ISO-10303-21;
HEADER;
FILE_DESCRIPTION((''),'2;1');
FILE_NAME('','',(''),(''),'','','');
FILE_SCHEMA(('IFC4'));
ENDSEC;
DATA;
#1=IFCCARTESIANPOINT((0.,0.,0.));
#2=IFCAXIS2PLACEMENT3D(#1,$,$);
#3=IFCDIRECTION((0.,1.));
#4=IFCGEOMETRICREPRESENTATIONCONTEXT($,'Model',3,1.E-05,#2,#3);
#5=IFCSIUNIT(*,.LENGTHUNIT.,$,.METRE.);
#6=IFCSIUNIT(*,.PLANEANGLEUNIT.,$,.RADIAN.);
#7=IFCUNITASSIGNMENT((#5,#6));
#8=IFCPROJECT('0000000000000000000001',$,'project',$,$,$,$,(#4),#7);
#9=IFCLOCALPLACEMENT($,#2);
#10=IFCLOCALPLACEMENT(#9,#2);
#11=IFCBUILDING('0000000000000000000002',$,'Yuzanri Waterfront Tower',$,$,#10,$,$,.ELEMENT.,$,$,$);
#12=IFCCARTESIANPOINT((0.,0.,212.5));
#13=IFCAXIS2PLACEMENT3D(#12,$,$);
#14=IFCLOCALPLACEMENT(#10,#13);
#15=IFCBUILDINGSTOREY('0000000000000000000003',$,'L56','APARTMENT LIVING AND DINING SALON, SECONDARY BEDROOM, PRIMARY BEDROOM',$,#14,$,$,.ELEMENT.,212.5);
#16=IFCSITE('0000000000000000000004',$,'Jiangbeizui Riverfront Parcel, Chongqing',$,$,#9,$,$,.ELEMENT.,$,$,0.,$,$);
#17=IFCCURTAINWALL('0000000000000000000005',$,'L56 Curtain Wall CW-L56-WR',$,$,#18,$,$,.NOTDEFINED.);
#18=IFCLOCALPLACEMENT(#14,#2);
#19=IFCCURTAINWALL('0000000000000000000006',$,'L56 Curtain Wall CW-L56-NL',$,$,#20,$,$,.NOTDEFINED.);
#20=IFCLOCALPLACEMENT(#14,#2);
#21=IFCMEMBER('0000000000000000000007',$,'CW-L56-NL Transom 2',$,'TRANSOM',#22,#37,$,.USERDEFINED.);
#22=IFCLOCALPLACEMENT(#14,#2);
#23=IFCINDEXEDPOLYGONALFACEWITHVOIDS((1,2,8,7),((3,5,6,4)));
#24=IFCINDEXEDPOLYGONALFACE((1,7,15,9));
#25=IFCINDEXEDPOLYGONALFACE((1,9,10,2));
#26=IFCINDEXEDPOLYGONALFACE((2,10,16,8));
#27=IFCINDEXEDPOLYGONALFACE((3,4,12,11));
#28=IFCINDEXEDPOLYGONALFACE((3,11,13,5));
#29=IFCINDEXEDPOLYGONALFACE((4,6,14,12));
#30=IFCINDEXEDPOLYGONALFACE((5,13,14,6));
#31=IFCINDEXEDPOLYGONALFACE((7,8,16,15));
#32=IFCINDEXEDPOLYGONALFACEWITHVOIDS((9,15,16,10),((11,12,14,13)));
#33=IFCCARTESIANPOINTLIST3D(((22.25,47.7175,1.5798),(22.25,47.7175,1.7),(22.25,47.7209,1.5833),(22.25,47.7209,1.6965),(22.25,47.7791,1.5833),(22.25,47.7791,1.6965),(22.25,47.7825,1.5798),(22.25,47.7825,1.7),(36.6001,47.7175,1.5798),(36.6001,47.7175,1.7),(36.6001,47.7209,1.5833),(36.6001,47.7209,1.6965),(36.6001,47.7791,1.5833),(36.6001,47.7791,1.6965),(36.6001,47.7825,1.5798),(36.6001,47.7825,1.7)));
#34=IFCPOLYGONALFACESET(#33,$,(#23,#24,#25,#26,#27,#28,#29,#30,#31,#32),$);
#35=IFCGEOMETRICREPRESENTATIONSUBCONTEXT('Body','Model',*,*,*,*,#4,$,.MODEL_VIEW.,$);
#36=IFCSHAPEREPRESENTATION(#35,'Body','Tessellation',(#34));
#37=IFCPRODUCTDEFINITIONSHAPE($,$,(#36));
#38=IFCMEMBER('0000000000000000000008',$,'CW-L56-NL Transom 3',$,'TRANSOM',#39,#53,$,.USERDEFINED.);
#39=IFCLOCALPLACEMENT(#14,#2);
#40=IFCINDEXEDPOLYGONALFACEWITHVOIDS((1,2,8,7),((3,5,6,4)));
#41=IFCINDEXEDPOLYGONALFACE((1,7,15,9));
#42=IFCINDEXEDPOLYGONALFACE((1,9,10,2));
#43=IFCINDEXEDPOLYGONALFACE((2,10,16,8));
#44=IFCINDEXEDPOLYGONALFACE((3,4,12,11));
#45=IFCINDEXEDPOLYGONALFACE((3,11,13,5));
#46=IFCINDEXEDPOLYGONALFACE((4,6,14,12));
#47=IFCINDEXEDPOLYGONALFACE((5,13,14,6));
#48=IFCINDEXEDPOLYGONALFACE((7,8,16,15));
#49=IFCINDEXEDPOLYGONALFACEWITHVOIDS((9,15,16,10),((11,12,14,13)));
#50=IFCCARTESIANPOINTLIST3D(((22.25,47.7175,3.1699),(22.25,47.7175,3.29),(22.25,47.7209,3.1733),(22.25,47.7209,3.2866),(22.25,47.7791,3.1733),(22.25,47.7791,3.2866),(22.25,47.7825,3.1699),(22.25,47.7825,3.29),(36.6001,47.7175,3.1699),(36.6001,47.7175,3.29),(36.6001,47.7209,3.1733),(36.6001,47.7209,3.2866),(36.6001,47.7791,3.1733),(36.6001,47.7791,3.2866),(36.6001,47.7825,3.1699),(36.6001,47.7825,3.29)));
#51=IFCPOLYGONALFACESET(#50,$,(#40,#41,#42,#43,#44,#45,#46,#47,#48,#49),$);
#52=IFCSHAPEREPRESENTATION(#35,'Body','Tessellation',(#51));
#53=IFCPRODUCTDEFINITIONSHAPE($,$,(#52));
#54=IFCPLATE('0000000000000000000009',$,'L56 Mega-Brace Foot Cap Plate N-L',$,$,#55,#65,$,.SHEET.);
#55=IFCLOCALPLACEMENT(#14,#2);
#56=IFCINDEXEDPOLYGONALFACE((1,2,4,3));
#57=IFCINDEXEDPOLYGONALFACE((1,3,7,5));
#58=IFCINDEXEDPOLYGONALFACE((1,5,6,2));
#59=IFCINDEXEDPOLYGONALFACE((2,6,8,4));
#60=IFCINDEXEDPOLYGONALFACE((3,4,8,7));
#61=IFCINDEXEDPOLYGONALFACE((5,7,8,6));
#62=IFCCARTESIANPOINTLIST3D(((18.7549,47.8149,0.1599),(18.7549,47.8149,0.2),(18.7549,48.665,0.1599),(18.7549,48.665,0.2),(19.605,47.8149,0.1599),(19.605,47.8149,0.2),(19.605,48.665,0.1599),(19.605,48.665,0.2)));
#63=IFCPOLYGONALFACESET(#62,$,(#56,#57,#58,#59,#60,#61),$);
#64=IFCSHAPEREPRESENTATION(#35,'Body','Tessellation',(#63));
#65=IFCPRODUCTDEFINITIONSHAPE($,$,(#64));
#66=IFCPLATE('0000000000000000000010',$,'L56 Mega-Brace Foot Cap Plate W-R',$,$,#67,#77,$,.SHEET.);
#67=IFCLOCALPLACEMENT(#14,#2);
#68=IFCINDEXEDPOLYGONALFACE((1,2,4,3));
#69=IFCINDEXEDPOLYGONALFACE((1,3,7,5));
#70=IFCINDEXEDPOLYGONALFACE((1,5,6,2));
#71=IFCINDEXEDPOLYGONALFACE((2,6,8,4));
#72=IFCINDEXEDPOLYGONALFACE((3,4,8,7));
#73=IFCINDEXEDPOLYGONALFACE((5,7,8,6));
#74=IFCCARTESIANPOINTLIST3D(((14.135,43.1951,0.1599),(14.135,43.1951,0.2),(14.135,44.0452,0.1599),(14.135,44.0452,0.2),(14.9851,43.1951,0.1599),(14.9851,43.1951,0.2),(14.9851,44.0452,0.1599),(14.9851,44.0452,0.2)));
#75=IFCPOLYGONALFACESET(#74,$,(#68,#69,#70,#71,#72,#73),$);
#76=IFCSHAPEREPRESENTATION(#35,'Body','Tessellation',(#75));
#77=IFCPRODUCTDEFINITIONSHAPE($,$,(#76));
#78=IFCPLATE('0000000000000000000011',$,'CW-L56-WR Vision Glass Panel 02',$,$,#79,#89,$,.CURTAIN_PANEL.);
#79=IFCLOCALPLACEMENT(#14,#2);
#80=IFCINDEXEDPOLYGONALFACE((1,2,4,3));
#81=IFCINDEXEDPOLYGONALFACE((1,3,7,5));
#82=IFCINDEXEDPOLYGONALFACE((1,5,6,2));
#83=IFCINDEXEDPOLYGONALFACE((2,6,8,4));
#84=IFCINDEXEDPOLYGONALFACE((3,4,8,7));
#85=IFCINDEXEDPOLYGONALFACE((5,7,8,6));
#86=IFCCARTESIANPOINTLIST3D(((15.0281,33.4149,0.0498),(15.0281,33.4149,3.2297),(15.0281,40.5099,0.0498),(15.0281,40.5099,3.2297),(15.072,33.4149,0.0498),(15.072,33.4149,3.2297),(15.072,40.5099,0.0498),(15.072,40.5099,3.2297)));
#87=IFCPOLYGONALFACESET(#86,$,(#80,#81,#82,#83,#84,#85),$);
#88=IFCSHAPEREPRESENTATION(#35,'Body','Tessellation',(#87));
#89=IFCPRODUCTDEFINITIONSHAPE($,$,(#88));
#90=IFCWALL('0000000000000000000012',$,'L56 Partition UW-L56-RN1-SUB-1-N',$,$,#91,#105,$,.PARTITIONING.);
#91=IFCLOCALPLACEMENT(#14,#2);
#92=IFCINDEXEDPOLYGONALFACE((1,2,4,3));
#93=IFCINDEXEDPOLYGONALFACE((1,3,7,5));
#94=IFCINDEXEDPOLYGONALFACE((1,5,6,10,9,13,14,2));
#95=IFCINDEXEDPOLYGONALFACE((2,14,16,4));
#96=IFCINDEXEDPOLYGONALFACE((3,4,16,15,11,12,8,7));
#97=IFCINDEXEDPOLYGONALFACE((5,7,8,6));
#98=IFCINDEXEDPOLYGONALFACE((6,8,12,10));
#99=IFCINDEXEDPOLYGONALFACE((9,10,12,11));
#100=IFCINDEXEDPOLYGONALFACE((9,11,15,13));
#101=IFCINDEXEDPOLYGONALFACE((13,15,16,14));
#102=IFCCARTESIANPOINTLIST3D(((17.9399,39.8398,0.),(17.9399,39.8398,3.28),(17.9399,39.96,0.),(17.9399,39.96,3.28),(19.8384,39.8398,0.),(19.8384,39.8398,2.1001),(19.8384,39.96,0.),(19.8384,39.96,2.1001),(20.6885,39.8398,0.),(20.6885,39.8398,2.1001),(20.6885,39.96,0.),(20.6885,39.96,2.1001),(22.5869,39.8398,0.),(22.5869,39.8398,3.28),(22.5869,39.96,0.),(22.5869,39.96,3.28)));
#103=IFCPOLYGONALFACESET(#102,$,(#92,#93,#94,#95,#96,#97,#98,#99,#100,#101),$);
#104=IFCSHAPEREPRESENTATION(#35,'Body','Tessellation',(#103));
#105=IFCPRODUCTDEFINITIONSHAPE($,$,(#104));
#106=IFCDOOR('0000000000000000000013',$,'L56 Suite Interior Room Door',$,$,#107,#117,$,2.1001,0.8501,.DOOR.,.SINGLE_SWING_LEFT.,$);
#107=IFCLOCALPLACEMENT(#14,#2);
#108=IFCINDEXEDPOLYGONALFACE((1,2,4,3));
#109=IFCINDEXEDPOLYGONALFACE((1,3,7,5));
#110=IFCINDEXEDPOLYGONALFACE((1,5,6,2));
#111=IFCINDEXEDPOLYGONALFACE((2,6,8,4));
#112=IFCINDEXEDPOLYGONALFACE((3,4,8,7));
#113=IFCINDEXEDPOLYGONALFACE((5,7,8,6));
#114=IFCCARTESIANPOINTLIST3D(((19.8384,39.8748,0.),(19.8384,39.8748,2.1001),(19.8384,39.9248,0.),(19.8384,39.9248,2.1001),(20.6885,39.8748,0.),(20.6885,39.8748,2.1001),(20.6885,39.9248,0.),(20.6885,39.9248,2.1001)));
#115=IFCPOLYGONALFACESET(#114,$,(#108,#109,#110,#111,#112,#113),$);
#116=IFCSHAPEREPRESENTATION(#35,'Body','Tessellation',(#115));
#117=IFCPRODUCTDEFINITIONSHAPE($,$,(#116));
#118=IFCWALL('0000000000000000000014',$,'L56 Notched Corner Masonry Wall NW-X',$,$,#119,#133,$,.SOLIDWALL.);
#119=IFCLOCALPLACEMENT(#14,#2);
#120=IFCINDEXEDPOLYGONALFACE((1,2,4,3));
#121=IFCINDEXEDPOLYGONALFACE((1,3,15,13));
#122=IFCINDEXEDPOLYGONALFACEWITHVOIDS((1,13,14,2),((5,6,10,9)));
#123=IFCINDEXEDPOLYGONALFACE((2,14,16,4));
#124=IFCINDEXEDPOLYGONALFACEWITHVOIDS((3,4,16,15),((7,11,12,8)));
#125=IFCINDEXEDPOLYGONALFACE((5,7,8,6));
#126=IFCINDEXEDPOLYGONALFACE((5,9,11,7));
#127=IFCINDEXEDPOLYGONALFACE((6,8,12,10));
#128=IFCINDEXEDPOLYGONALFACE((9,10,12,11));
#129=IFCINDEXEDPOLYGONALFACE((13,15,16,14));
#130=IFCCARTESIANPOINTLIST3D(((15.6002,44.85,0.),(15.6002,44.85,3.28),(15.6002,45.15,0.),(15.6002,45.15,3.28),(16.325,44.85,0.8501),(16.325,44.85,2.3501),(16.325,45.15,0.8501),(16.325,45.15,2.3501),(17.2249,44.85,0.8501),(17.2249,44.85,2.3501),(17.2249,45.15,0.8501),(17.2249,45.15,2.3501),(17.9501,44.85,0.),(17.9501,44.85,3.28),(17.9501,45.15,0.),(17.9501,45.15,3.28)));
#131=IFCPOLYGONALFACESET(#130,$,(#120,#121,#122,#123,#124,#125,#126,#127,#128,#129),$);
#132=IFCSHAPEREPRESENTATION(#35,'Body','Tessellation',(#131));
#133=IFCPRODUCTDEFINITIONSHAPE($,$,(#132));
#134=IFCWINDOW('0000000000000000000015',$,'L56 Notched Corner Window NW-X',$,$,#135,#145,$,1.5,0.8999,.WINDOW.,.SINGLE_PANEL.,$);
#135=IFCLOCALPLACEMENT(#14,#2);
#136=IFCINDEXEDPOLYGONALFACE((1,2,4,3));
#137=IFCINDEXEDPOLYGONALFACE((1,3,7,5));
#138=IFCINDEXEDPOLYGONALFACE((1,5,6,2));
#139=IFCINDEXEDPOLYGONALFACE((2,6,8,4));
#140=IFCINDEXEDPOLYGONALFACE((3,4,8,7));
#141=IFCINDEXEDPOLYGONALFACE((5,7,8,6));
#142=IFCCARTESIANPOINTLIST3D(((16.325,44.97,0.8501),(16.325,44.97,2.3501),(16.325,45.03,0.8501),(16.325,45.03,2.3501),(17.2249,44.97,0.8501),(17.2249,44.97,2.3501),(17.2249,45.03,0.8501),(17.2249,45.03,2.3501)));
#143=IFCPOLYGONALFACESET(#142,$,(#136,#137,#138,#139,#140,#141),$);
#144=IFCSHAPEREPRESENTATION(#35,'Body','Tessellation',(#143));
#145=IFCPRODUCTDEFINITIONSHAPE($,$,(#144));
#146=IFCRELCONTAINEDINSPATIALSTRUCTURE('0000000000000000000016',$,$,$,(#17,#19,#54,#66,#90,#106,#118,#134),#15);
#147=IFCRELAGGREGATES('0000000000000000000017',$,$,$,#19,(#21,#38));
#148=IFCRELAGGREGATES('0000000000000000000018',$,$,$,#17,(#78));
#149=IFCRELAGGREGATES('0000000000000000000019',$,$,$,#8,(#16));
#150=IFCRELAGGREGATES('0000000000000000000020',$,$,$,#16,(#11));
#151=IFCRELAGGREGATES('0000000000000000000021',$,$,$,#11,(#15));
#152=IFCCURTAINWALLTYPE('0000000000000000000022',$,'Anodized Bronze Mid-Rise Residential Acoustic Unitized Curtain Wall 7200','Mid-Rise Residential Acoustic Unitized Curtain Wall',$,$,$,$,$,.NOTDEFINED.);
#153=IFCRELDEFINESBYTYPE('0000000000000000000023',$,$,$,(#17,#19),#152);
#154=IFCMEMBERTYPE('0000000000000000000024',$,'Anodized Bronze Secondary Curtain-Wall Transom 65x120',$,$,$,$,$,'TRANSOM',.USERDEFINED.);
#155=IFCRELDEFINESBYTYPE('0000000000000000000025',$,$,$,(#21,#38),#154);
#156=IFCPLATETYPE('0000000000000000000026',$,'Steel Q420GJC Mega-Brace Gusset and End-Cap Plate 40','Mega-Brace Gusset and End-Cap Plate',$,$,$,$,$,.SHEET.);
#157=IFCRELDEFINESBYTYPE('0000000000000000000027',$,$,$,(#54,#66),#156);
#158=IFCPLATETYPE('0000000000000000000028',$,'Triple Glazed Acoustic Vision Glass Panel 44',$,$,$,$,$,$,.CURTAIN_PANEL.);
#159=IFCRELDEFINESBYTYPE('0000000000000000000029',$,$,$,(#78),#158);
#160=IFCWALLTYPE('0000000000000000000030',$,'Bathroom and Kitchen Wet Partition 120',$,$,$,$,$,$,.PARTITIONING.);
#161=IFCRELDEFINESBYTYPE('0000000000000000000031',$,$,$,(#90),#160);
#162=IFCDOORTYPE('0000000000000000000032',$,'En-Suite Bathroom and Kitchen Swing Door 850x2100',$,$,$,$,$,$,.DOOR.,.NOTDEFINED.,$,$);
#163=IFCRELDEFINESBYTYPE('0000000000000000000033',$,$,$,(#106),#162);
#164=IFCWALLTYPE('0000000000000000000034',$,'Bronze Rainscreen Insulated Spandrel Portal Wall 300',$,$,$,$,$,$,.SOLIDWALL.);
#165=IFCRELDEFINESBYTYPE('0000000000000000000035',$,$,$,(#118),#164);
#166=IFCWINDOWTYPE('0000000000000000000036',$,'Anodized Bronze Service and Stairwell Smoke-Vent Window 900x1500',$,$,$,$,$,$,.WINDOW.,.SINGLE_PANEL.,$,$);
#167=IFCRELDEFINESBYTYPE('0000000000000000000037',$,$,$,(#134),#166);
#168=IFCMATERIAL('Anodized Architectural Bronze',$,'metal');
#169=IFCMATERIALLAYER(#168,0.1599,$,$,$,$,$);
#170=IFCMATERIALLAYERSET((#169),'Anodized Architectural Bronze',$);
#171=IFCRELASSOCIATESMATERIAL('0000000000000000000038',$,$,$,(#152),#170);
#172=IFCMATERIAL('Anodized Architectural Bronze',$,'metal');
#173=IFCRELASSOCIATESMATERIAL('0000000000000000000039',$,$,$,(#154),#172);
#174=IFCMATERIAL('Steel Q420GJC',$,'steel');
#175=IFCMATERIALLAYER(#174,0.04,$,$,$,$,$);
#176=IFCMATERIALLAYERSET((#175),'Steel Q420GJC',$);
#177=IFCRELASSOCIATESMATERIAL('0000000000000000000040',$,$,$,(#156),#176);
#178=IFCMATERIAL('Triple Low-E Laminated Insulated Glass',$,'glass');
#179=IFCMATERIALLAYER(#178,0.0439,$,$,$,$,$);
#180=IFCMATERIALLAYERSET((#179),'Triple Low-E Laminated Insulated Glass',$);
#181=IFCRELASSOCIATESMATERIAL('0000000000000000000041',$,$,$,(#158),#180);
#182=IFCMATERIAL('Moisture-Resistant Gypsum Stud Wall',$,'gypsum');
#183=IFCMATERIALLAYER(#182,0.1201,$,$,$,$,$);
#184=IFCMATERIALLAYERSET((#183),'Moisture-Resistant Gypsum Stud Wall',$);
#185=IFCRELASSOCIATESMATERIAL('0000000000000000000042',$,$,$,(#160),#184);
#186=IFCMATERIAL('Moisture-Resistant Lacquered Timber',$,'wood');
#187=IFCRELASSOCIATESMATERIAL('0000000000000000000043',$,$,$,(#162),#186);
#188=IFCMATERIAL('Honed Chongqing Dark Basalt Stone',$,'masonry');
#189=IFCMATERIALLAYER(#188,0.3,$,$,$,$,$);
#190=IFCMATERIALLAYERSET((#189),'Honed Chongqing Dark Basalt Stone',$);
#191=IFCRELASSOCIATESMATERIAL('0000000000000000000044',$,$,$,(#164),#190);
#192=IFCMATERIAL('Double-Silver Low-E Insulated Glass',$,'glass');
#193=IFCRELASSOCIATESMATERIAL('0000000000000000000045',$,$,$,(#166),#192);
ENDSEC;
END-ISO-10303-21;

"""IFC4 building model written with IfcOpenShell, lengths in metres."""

from ifc_helpers import new_model, si_unit, direction, frame, frame_2d, origin, origin_2d, place, context, subcontext, project, spatial, rectangle, hollow_rectangle, extrude, source, transform, mapped, material, layer, layer_set, material_profile, profile_set, type_object, element, fill, aggregate, save


model = new_model("IFC4")

# Units and contexts
model_context = context("Model", 3, precision=1e-05, world=origin(), true_north=direction((0.0, 1.0)))
body_context = subcontext(model_context, "Body", "Model", "MODEL_VIEW")
ifc_project = project(units=[si_unit("LENGTHUNIT", "METRE"), si_unit("PLANEANGLEUNIT", "RADIAN")], contexts=[model_context])

# Site, building, storey
site_placement = place(None, origin())
site = spatial("IfcSite", under=ifc_project, at=site_placement, Name="Jiangbeizui Riverfront Parcel, Chongqing", CompositionType="ELEMENT", RefElevation=0.0)
building_placement = place(site_placement, origin())
building = spatial("IfcBuilding", under=site, at=building_placement, Name="Yuzanri Waterfront Tower", CompositionType="ELEMENT")
storey_placement = place(building_placement, frame((0.0, 0.0, 212.5)))
storey = spatial("IfcBuildingStorey", under=building, at=storey_placement, Name="L56", Description="APARTMENT LIVING AND DINING SALON, SECONDARY BEDROOM, PRIMARY BEDROOM", CompositionType="ELEMENT", Elevation=212.5)

# Curtain walls, members
ifc_material_1 = material(Name="Anodized Architectural Bronze", Category="metal")
ifc_layer_1 = layer(ifc_material_1, 0.1599)
ifc_layer_set_1 = layer_set([ifc_layer_1], Name="Anodized Architectural Bronze")
curtain_wall_type = type_object("IfcCurtainWallType", Name="Anodized Bronze Mid-Rise Residential Acoustic Unitized Curtain Wall 7200", Description="Mid-Rise Residential Acoustic Unitized Curtain Wall", PredefinedType="NOTDEFINED", material=ifc_layer_set_1)
curtain_wall_1_placement = place(storey_placement, origin())
curtain_wall_1 = element("IfcCurtainWall", 1, at=curtain_wall_1_placement, inside=storey, type_object=curtain_wall_type, Name="L56 Curtain Wall CW-L56-WR", PredefinedType="NOTDEFINED")
curtain_wall_2_placement = place(storey_placement, origin())
curtain_wall_2 = element("IfcCurtainWall", 2, at=curtain_wall_2_placement, inside=storey, type_object=curtain_wall_type, Name="L56 Curtain Wall CW-L56-NL", PredefinedType="NOTDEFINED")
ifc_material_2 = material(Name="Anodized Architectural Bronze", Category="metal")
ifc_material_profile_1 = material_profile(ifc_material_2, hollow_rectangle(XDim=0.0649, YDim=0.1201, WallThickness=0.0034, at=origin_2d()), Name="CWT 65x120")
ifc_profile_set_1 = profile_set([ifc_material_profile_1], Name="Anodized Architectural Bronze")
member_type_1 = type_object("IfcMemberType", Name="Anodized Bronze Secondary Curtain-Wall Transom 65x120", ElementType="TRANSOM", PredefinedType="USERDEFINED", material=ifc_profile_set_1)
shared_shape_1 = source(origin(), body_context, "Body", "SweptSolid", [
    extrude(hollow_rectangle(XDim=0.0649, YDim=0.1201, WallThickness=0.0034, at=origin_2d()), origin(), (0.0, 0.0, 1.0), 14.3501),
])
member_1_placement = place(storey_placement, frame((22.25, 47.75, 1.6399), z_axis=(1.0, 0.0, 0.0), x_axis=(0.0, 1.0, 0.0)))
member_1 = element("IfcMember", 3, at=member_1_placement, type_object=member_type_1, Name="CW-L56-NL Transom 2", ObjectType="TRANSOM", PredefinedType="USERDEFINED", context=body_context, shape_type="MappedRepresentation", body=[
    mapped(shared_shape_1, transform((0.0, 0.0, 0.0), scale=1.0)),
])
member_2_placement = place(storey_placement, frame((22.25, 47.75, 3.23), z_axis=(1.0, 0.0, 0.0), x_axis=(0.0, 1.0, 0.0)))
member_2 = element("IfcMember", 4, at=member_2_placement, type_object=member_type_1, Name="CW-L56-NL Transom 3", ObjectType="TRANSOM", PredefinedType="USERDEFINED", context=body_context, shape_type="MappedRepresentation", body=[
    mapped(shared_shape_1, transform((0.0, 0.0, 0.0), scale=1.0)),
])
aggregate(curtain_wall_2, [member_1, member_2])

# Plates
ifc_material_3 = material(Name="Steel Q420GJC", Category="steel")
ifc_layer_2 = layer(ifc_material_3, 0.04)
ifc_layer_set_2 = layer_set([ifc_layer_2], Name="Steel Q420GJC")
plate_type_1 = type_object("IfcPlateType", Name="Steel Q420GJC Mega-Brace Gusset and End-Cap Plate 40", Description="Mega-Brace Gusset and End-Cap Plate", PredefinedType="SHEET", material=ifc_layer_set_2)
shared_shape_2 = source(origin(), body_context, "Body", "SweptSolid", [
    extrude(rectangle(XDim=0.8501, YDim=0.8501, at=origin_2d()), origin(), (0.0, 0.0, 1.0), 0.04),
])
for number, where, z_axis, x_axis, name in (
    (5, (19.1799, 48.24, 0.1599), (0.0, 0.0, 1.0), (1.0, 0.0, 0.0), "L56 Mega-Brace Foot Cap Plate N-L"),
    (6, (14.5601, 43.6201, 0.1599), (0.0, 0.0, 1.0), (1.0, 0.0, 0.0), "L56 Mega-Brace Foot Cap Plate W-R"),
):
    element("IfcPlate", number, at=place(storey_placement, frame(where, z_axis=z_axis, x_axis=x_axis)), inside=storey, type_object=plate_type_1, Name=name, PredefinedType="SHEET", context=body_context, shape_type="MappedRepresentation", body=[
        mapped(shared_shape_2, transform((0.0, 0.0, 0.0), scale=1.0)),
    ])

# Plate
ifc_material_4 = material(Name="Triple Low-E Laminated Insulated Glass", Category="glass")
ifc_layer_3 = layer(ifc_material_4, 0.0439)
ifc_layer_set_3 = layer_set([ifc_layer_3], Name="Triple Low-E Laminated Insulated Glass")
plate_type_2 = type_object("IfcPlateType", Name="Triple Glazed Acoustic Vision Glass Panel 44", PredefinedType="CURTAIN_PANEL", material=ifc_layer_set_3)
shared_shape_3 = source(origin(), body_context, "Body", "SweptSolid", [
    extrude(rectangle(XDim=7.095, YDim=0.0439, at=origin_2d()), origin(), (0.0, 0.0, 1.0), 3.1799),
])
plate_placement = place(storey_placement, frame((15.05, 36.9624, 0.0498), z_axis=(0.0, 0.0, 1.0), x_axis=(0.0, 1.0, 0.0)))
plate = element("IfcPlate", 7, at=plate_placement, type_object=plate_type_2, Name="CW-L56-WR Vision Glass Panel 02", PredefinedType="CURTAIN_PANEL", context=body_context, shape_type="MappedRepresentation", body=[
    mapped(shared_shape_3, transform((0.0, 0.0, 0.0), scale=1.0)),
])
aggregate(curtain_wall_1, [plate])

# Wall, opening, door
ifc_material_5 = material(Name="Moisture-Resistant Gypsum Stud Wall", Category="gypsum")
ifc_layer_4 = layer(ifc_material_5, 0.1201)
ifc_layer_set_4 = layer_set([ifc_layer_4], Name="Moisture-Resistant Gypsum Stud Wall")
wall_type_1 = type_object("IfcWallType", Name="Bathroom and Kitchen Wet Partition 120", PredefinedType="PARTITIONING", material=ifc_layer_set_4)
wall_1_placement = place(storey_placement, frame((17.9399, 39.8999, 0.0), z_axis=(0.0, 0.0, 1.0), x_axis=(1.0, 0.0, 0.0)))
wall_1 = element("IfcWall", 8, at=wall_1_placement, inside=storey, type_object=wall_type_1, Name="L56 Partition UW-L56-RN1-SUB-1-N", PredefinedType="PARTITIONING", context=body_context, shape_type="SweptSolid", body=[
    extrude(rectangle(XDim=4.647, YDim=0.1201, at=frame_2d((2.3235, 0.0))), origin(), (0.0, 0.0, 1.0), 3.28),
])
opening_1_placement = place(wall_1_placement, frame((1.8984, 0.0, 0.0)))
opening_1 = element("IfcOpeningElement", 9, at=opening_1_placement, cuts=wall_1, PredefinedType="OPENING", context=body_context, shape_type="SweptSolid", body=[
    extrude(rectangle(XDim=0.8501, YDim=2.1001, at=frame_2d((0.425, 1.05))), frame((0.0, 0.075, 0.0), z_axis=(0.0, -1.0, 0.0), x_axis=(1.0, 0.0, 0.0)), (0.0, 0.0, 1.0), 0.1499),
])
ifc_material_6 = material(Name="Moisture-Resistant Lacquered Timber", Category="wood")
door_type = type_object("IfcDoorType", Name="En-Suite Bathroom and Kitchen Swing Door 850x2100", OperationType="NOTDEFINED", PredefinedType="DOOR", material=ifc_material_6)
shared_shape_4 = source(origin(), body_context, "Body", "SweptSolid", [
    extrude(rectangle(XDim=0.8501, YDim=2.1001, at=frame_2d((0.425, 1.05))), frame((0.0, 0.0249, 0.0), z_axis=(0.0, -1.0, 0.0), x_axis=(1.0, 0.0, 0.0)), (0.0, 0.0, 1.0), 0.05),
])
door_placement = place(opening_1_placement, origin())
door = element("IfcDoor", 10, at=door_placement, inside=storey, type_object=door_type, Name="L56 Suite Interior Room Door", OperationType="SINGLE_SWING_LEFT", OverallHeight=2.1001, OverallWidth=0.8501, PredefinedType="DOOR", context=body_context, shape_type="MappedRepresentation", body=[
    mapped(shared_shape_4, transform((0.0, 0.0, 0.0), scale=1.0)),
])
fill(opening_1, door)

# Wall, opening, window
ifc_material_7 = material(Name="Honed Chongqing Dark Basalt Stone", Category="masonry")
ifc_layer_5 = layer(ifc_material_7, 0.3)
ifc_layer_set_5 = layer_set([ifc_layer_5], Name="Honed Chongqing Dark Basalt Stone")
wall_type_2 = type_object("IfcWallType", Name="Bronze Rainscreen Insulated Spandrel Portal Wall 300", PredefinedType="SOLIDWALL", material=ifc_layer_set_5)
wall_2_placement = place(storey_placement, frame((17.95, 45.0, 0.0), z_axis=(0.0, 0.0, 1.0), x_axis=(-1.0, 0.0, 0.0)))
wall_2 = element("IfcWall", 11, at=wall_2_placement, inside=storey, type_object=wall_type_2, Name="L56 Notched Corner Masonry Wall NW-X", PredefinedType="SOLIDWALL", context=body_context, shape_type="SweptSolid", body=[
    extrude(rectangle(XDim=2.3499, YDim=0.3, at=frame_2d((1.1748, 0.0))), origin(), (0.0, 0.0, 1.0), 3.28),
])
opening_2_placement = place(wall_2_placement, frame((0.7251, 0.0, 0.8501)))
opening_2 = element("IfcOpeningElement", 12, at=opening_2_placement, cuts=wall_2, PredefinedType="OPENING", context=body_context, shape_type="SweptSolid", body=[
    extrude(rectangle(XDim=0.8999, YDim=1.5, at=frame_2d((0.45, 0.75))), frame((0.0, 0.165, 0.0), z_axis=(0.0, -1.0, 0.0), x_axis=(1.0, 0.0, 0.0)), (0.0, 0.0, 1.0), 0.3298),
])
ifc_material_8 = material(Name="Double-Silver Low-E Insulated Glass", Category="glass")
window_type_1 = type_object("IfcWindowType", Name="Anodized Bronze Service and Stairwell Smoke-Vent Window 900x1500", PartitioningType="SINGLE_PANEL", PredefinedType="WINDOW", material=ifc_material_8)
shared_shape_5 = source(origin(), body_context, "Body", "SweptSolid", [
    extrude(rectangle(XDim=0.8999, YDim=1.5, at=frame_2d((0.45, 0.75))), frame((0.0, 0.03, 0.0), z_axis=(0.0, -1.0, 0.0), x_axis=(1.0, 0.0, 0.0)), (0.0, 0.0, 1.0), 0.0601),
])
window_1_placement = place(opening_2_placement, origin())
window_1 = element("IfcWindow", 13, at=window_1_placement, inside=storey, type_object=window_type_1, Name="L56 Notched Corner Window NW-X", OverallHeight=1.5, OverallWidth=0.8999, PartitioningType="SINGLE_PANEL", PredefinedType="WINDOW", context=body_context, shape_type="MappedRepresentation", body=[
    mapped(shared_shape_5, transform((0.0, 0.0, 0.0), scale=1.0)),
])
fill(opening_2, window_1)

save(model, "model.ifc")
